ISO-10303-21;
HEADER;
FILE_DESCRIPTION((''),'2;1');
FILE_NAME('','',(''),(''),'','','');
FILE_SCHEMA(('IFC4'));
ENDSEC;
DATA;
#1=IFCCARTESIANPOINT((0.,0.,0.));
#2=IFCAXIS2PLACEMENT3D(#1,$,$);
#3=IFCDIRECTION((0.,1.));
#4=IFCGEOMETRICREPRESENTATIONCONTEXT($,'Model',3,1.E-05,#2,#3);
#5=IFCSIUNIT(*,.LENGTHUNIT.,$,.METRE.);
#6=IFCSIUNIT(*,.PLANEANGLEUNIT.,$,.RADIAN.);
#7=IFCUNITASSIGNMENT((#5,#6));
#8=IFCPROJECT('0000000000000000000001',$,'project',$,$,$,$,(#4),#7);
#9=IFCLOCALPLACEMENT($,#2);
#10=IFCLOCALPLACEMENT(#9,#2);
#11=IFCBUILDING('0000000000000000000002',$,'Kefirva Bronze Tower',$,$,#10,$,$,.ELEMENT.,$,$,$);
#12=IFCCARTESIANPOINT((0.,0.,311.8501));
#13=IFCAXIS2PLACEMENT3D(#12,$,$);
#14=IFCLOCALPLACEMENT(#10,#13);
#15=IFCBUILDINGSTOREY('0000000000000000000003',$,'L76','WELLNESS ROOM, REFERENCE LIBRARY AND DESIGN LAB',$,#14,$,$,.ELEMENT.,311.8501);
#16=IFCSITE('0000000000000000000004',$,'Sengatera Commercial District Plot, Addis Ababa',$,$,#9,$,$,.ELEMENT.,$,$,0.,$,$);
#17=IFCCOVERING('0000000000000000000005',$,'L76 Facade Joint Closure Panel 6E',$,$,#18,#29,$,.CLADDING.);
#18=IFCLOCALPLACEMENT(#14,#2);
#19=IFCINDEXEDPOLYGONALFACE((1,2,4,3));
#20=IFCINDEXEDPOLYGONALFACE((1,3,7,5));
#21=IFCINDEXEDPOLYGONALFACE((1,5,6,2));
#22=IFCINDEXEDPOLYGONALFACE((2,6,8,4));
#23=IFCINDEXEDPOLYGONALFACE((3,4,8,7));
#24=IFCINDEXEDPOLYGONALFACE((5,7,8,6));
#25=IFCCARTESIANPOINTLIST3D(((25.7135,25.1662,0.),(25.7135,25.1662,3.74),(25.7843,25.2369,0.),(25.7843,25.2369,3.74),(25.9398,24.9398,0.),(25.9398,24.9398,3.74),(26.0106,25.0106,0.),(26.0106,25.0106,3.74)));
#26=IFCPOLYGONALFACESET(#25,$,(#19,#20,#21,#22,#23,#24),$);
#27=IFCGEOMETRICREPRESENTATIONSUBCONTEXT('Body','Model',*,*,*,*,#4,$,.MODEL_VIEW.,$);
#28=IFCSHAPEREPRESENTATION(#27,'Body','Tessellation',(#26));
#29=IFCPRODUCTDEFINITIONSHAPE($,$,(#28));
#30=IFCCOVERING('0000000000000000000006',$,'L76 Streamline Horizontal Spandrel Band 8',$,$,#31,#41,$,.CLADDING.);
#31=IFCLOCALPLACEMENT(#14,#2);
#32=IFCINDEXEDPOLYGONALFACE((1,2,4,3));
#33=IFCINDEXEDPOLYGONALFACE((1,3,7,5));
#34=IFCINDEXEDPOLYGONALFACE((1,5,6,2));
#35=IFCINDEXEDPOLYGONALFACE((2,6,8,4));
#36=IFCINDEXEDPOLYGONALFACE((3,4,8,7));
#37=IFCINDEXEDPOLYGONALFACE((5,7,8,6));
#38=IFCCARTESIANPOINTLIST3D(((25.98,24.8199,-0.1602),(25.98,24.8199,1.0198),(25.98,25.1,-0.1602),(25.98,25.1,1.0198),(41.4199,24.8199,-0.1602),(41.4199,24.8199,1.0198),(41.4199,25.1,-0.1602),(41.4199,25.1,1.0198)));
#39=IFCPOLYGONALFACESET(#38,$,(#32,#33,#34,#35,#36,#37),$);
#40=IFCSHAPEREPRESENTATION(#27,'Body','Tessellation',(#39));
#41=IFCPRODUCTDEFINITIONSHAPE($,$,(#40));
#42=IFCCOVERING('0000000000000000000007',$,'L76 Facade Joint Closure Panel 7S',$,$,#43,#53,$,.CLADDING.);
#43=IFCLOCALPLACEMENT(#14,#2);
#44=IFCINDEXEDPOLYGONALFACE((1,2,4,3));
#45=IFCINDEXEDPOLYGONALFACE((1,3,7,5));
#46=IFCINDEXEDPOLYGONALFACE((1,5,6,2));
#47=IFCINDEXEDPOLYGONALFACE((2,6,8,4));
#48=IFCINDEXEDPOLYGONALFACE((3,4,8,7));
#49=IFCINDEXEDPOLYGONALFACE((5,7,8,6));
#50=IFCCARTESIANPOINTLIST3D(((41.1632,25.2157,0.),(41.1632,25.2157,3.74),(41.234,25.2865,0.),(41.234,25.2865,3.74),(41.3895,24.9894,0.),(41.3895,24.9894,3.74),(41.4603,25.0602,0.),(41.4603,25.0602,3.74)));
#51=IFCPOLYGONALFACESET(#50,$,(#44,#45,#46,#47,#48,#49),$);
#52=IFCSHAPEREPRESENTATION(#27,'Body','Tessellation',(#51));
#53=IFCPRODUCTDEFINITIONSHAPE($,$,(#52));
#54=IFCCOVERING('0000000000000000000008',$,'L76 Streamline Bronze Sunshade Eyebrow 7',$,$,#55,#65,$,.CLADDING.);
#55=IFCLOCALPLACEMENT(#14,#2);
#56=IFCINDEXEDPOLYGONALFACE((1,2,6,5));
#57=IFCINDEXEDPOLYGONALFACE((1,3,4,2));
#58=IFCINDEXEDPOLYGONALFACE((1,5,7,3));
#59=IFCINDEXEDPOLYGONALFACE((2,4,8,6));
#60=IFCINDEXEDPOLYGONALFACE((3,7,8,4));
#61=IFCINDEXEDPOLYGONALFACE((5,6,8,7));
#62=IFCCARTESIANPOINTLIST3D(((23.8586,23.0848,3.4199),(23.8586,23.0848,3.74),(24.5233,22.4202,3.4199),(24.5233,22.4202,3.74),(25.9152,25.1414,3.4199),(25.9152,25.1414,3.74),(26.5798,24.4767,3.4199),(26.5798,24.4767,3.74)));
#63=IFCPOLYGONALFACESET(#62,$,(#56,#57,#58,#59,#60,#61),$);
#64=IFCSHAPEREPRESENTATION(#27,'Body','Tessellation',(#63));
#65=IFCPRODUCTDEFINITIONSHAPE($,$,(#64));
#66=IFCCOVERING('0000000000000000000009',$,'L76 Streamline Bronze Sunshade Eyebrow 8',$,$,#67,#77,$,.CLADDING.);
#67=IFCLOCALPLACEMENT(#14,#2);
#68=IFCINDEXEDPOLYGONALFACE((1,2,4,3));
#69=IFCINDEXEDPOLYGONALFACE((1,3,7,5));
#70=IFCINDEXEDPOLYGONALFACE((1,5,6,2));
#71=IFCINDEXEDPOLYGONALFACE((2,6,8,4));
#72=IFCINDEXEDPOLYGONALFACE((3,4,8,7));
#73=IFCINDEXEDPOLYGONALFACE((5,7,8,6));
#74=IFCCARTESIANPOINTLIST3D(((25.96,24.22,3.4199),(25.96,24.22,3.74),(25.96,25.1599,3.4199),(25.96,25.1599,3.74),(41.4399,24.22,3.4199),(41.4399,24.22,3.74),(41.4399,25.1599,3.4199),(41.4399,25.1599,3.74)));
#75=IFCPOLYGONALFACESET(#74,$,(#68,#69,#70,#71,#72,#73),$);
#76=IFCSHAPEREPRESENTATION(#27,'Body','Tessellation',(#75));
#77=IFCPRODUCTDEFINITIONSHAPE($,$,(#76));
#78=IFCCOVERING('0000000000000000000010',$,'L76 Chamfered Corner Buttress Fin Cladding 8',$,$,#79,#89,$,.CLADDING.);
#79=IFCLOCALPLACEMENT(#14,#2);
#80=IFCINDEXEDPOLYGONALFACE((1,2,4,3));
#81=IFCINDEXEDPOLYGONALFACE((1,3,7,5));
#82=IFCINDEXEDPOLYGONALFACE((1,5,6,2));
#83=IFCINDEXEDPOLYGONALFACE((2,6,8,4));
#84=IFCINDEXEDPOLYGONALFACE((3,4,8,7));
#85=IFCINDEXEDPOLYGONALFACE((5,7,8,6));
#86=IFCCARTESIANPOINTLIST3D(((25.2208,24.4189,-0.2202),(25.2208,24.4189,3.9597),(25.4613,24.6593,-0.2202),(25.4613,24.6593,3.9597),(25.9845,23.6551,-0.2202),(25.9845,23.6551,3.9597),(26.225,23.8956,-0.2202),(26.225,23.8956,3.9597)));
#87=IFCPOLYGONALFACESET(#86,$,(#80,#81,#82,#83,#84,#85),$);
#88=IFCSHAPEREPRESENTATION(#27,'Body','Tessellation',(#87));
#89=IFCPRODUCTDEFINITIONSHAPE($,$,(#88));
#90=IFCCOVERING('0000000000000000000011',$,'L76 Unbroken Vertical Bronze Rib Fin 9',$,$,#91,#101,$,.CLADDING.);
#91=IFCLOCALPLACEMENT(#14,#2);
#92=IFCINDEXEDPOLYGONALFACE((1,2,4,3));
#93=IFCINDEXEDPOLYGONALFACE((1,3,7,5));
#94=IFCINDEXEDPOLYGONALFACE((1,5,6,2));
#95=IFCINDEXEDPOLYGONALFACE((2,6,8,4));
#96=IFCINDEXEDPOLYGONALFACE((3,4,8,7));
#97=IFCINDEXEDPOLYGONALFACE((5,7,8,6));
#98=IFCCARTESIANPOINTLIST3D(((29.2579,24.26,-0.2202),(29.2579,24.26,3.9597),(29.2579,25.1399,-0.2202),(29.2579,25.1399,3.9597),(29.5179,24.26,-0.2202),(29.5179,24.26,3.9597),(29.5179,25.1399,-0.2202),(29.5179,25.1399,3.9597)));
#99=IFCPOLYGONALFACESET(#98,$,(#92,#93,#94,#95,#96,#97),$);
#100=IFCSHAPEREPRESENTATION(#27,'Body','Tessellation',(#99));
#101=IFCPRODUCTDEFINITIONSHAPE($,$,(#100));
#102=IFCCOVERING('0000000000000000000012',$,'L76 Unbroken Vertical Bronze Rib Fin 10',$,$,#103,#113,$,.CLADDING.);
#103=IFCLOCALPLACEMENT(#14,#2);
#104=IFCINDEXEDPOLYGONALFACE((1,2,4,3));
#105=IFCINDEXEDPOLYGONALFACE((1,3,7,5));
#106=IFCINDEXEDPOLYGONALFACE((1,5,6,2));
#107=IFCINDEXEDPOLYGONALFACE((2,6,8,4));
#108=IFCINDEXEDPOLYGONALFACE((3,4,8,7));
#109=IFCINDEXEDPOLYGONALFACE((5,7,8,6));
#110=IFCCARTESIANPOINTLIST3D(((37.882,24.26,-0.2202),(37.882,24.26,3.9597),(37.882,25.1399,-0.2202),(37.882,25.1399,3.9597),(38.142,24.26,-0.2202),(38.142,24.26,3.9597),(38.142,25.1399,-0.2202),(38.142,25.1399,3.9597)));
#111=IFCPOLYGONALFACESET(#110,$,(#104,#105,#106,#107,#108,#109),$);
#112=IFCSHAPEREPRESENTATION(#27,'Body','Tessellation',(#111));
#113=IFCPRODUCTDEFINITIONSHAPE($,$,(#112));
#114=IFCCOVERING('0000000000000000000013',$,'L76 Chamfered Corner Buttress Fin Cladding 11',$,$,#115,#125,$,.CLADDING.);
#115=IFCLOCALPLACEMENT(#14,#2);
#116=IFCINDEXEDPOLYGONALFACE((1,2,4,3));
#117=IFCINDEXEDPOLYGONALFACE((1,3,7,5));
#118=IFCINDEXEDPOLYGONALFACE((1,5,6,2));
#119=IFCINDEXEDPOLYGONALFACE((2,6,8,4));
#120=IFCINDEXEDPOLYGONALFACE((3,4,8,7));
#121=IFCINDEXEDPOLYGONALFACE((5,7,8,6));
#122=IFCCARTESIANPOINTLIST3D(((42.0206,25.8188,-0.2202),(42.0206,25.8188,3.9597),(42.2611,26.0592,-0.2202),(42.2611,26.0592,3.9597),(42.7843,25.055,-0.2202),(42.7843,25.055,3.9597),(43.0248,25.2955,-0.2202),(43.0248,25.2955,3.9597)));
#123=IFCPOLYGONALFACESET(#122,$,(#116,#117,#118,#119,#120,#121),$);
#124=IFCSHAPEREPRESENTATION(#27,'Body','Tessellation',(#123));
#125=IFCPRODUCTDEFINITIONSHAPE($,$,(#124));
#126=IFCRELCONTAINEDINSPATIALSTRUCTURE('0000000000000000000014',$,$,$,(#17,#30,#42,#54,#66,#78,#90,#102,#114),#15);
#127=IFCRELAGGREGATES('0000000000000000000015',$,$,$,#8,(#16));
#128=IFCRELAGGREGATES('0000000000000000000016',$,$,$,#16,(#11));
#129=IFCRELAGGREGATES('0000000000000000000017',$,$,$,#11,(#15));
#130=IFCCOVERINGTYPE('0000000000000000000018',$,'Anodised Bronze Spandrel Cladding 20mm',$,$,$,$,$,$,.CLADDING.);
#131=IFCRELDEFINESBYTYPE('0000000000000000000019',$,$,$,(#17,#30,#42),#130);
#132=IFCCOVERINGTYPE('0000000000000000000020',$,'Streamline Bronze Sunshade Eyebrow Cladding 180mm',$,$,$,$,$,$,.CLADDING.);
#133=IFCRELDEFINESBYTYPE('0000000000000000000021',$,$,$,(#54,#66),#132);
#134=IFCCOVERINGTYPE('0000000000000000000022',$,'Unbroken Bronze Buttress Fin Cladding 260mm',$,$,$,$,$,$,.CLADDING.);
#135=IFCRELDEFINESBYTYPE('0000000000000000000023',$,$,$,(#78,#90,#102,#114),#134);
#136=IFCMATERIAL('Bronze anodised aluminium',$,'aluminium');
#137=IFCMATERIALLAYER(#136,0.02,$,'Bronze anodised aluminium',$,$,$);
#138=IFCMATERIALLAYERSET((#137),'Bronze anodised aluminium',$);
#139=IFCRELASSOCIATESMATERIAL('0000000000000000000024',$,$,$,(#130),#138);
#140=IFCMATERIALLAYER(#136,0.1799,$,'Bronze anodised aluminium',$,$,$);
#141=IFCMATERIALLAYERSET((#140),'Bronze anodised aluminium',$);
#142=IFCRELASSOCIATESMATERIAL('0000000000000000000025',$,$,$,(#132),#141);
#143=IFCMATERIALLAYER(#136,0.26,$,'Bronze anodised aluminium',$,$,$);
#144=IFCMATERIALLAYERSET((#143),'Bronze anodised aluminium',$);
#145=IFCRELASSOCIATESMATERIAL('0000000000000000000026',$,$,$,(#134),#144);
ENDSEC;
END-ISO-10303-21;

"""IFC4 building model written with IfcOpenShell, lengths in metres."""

from ifc_helpers import new_model, si_unit, direction, frame, origin, origin_2d, place, context, subcontext, project, spatial, rectangle, extrude, material, layer, layer_set, type_object, element, save


model = new_model("IFC4")

# Units and contexts
model_context = context("Model", 3, precision=1e-05, world=origin(), true_north=direction((0.0, 1.0)))
body_context = subcontext(model_context, "Body", "Model", "MODEL_VIEW")
ifc_project = project(units=[si_unit("LENGTHUNIT", "METRE"), si_unit("PLANEANGLEUNIT", "RADIAN")], contexts=[model_context])

# Site, building, storey
site_placement = place(None, origin())
site = spatial("IfcSite", under=ifc_project, at=site_placement, Name="Sengatera Commercial District Plot, Addis Ababa", CompositionType="ELEMENT", RefElevation=0.0)
building_placement = place(site_placement, origin())
building = spatial("IfcBuilding", under=site, at=building_placement, Name="Kefirva Bronze Tower", CompositionType="ELEMENT")
storey_placement = place(building_placement, frame((0.0, 0.0, 311.8501)))
storey = spatial("IfcBuildingStorey", under=building, at=storey_placement, Name="L76", Description="WELLNESS ROOM, REFERENCE LIBRARY AND DESIGN LAB", CompositionType="ELEMENT", Elevation=311.8501)

# Shared definitions
ifc_material_1 = material(Name="Bronze anodised aluminium", Category="aluminium")

# Coverings
ifc_layer_1 = layer(ifc_material_1, 0.02, Name="Bronze anodised aluminium")
ifc_layer_set_1 = layer_set([ifc_layer_1], Name="Bronze anodised aluminium")
covering_type_1 = type_object("IfcCoveringType", Name="Anodised Bronze Spandrel Cladding 20mm", PredefinedType="CLADDING", material=ifc_layer_set_1)
covering_1_placement = place(storey_placement, frame((25.8621, 25.0884, 0.0), z_axis=(0.0, 0.0, 1.0), x_axis=(0.707107, 0.707107, 0.0)))
element("IfcCovering", 1, at=covering_1_placement, inside=storey, type_object=covering_type_1, Name="L76 Facade Joint Closure Panel 6E", PredefinedType="CLADDING", context=body_context, shape_type="SweptSolid", body=[
    extrude(rectangle(XDim=0.1001, YDim=0.3201, at=origin_2d()), origin(), (0.0, 0.0, 1.0), 3.74),
])
covering_2_placement = place(storey_placement, frame((33.7, 24.96, -0.1602), z_axis=(0.0, 0.0, 1.0), x_axis=(1.0, 0.0, 0.0)))
element("IfcCovering", 2, at=covering_2_placement, inside=storey, type_object=covering_type_1, Name="L76 Streamline Horizontal Spandrel Band 8", PredefinedType="CLADDING", context=body_context, shape_type="SweptSolid", body=[
    extrude(rectangle(XDim=15.4399, YDim=0.28, at=origin_2d()), origin(), (0.0, 0.0, 1.0), 1.1799),
])
covering_3_placement = place(storey_placement, frame((41.3118, 25.1379, 0.0), z_axis=(0.0, 0.0, 1.0), x_axis=(0.707107, 0.707107, 0.0)))
element("IfcCovering", 3, at=covering_3_placement, inside=storey, type_object=covering_type_1, Name="L76 Facade Joint Closure Panel 7S", PredefinedType="CLADDING", context=body_context, shape_type="SweptSolid", body=[
    extrude(rectangle(XDim=0.1001, YDim=0.3201, at=origin_2d()), origin(), (0.0, 0.0, 1.0), 3.74),
])
ifc_layer_2 = layer(ifc_material_1, 0.1799, Name="Bronze anodised aluminium")
ifc_layer_set_2 = layer_set([ifc_layer_2], Name="Bronze anodised aluminium")
covering_type_2 = type_object("IfcCoveringType", Name="Streamline Bronze Sunshade Eyebrow Cladding 180mm", PredefinedType="CLADDING", material=ifc_layer_set_2)
covering_4_placement = place(storey_placement, frame((25.2192, 23.7808, 3.4199), z_axis=(0.0, 0.0, 1.0), x_axis=(0.707107, 0.707107, 0.0)))
element("IfcCovering", 4, at=covering_4_placement, inside=storey, type_object=covering_type_2, Name="L76 Streamline Bronze Sunshade Eyebrow 7", PredefinedType="CLADDING", context=body_context, shape_type="SweptSolid", body=[
    extrude(rectangle(XDim=2.9084, YDim=0.9399, at=origin_2d()), origin(), (0.0, 0.0, 1.0), 0.3201),
])
covering_5_placement = place(storey_placement, frame((33.7, 24.6899, 3.4199), z_axis=(0.0, 0.0, 1.0), x_axis=(1.0, 0.0, 0.0)))
element("IfcCovering", 5, at=covering_5_placement, inside=storey, type_object=covering_type_2, Name="L76 Streamline Bronze Sunshade Eyebrow 8", PredefinedType="CLADDING", context=body_context, shape_type="SweptSolid", body=[
    extrude(rectangle(XDim=15.48, YDim=0.9399, at=origin_2d()), origin(), (0.0, 0.0, 1.0), 0.3201),
])
ifc_layer_3 = layer(ifc_material_1, 0.26, Name="Bronze anodised aluminium")
ifc_layer_set_3 = layer_set([ifc_layer_3], Name="Bronze anodised aluminium")
covering_type_3 = type_object("IfcCoveringType", Name="Unbroken Bronze Buttress Fin Cladding 260mm", PredefinedType="CLADDING", material=ifc_layer_set_3)
covering_6_placement = place(storey_placement, frame((25.7229, 24.1572, -0.2202), z_axis=(0.0, 0.0, 1.0), x_axis=(0.707107, 0.707107, 0.0)))
element("IfcCovering", 6, at=covering_6_placement, inside=storey, type_object=covering_type_3, Name="L76 Chamfered Corner Buttress Fin Cladding 8", PredefinedType="CLADDING", context=body_context, shape_type="SweptSolid", body=[
    extrude(rectangle(XDim=0.3401, YDim=1.0801, at=origin_2d()), origin(), (0.0, 0.0, 1.0), 4.1799),
])
for number, where, z_axis, x_axis, name in (
    (7, (29.3879, 24.7, -0.2202), (0.0, 0.0, 1.0), (1.0, 0.0, 0.0), "L76 Unbroken Vertical Bronze Rib Fin 9"),
    (8, (38.012, 24.7, -0.2202), (0.0, 0.0, 1.0), (1.0, 0.0, 0.0), "L76 Unbroken Vertical Bronze Rib Fin 10"),
):
    element("IfcCovering", number, at=place(storey_placement, frame(where, z_axis=z_axis, x_axis=x_axis)), inside=storey, type_object=covering_type_3, Name=name, PredefinedType="CLADDING", context=body_context, shape_type="SweptSolid", body=[
        extrude(rectangle(XDim=0.26, YDim=0.8799, at=origin_2d()), origin(), (0.0, 0.0, 1.0), 4.1799),
    ])
covering_7_placement = place(storey_placement, frame((42.5227, 25.5571, -0.2202), z_axis=(0.0, 0.0, 1.0), x_axis=(0.707107, 0.707107, 0.0)))
element("IfcCovering", 9, at=covering_7_placement, inside=storey, type_object=covering_type_3, Name="L76 Chamfered Corner Buttress Fin Cladding 11", PredefinedType="CLADDING", context=body_context, shape_type="SweptSolid", body=[
    extrude(rectangle(XDim=0.3401, YDim=1.0801, at=origin_2d()), origin(), (0.0, 0.0, 1.0), 4.1799),
])

save(model, "model.ifc")
